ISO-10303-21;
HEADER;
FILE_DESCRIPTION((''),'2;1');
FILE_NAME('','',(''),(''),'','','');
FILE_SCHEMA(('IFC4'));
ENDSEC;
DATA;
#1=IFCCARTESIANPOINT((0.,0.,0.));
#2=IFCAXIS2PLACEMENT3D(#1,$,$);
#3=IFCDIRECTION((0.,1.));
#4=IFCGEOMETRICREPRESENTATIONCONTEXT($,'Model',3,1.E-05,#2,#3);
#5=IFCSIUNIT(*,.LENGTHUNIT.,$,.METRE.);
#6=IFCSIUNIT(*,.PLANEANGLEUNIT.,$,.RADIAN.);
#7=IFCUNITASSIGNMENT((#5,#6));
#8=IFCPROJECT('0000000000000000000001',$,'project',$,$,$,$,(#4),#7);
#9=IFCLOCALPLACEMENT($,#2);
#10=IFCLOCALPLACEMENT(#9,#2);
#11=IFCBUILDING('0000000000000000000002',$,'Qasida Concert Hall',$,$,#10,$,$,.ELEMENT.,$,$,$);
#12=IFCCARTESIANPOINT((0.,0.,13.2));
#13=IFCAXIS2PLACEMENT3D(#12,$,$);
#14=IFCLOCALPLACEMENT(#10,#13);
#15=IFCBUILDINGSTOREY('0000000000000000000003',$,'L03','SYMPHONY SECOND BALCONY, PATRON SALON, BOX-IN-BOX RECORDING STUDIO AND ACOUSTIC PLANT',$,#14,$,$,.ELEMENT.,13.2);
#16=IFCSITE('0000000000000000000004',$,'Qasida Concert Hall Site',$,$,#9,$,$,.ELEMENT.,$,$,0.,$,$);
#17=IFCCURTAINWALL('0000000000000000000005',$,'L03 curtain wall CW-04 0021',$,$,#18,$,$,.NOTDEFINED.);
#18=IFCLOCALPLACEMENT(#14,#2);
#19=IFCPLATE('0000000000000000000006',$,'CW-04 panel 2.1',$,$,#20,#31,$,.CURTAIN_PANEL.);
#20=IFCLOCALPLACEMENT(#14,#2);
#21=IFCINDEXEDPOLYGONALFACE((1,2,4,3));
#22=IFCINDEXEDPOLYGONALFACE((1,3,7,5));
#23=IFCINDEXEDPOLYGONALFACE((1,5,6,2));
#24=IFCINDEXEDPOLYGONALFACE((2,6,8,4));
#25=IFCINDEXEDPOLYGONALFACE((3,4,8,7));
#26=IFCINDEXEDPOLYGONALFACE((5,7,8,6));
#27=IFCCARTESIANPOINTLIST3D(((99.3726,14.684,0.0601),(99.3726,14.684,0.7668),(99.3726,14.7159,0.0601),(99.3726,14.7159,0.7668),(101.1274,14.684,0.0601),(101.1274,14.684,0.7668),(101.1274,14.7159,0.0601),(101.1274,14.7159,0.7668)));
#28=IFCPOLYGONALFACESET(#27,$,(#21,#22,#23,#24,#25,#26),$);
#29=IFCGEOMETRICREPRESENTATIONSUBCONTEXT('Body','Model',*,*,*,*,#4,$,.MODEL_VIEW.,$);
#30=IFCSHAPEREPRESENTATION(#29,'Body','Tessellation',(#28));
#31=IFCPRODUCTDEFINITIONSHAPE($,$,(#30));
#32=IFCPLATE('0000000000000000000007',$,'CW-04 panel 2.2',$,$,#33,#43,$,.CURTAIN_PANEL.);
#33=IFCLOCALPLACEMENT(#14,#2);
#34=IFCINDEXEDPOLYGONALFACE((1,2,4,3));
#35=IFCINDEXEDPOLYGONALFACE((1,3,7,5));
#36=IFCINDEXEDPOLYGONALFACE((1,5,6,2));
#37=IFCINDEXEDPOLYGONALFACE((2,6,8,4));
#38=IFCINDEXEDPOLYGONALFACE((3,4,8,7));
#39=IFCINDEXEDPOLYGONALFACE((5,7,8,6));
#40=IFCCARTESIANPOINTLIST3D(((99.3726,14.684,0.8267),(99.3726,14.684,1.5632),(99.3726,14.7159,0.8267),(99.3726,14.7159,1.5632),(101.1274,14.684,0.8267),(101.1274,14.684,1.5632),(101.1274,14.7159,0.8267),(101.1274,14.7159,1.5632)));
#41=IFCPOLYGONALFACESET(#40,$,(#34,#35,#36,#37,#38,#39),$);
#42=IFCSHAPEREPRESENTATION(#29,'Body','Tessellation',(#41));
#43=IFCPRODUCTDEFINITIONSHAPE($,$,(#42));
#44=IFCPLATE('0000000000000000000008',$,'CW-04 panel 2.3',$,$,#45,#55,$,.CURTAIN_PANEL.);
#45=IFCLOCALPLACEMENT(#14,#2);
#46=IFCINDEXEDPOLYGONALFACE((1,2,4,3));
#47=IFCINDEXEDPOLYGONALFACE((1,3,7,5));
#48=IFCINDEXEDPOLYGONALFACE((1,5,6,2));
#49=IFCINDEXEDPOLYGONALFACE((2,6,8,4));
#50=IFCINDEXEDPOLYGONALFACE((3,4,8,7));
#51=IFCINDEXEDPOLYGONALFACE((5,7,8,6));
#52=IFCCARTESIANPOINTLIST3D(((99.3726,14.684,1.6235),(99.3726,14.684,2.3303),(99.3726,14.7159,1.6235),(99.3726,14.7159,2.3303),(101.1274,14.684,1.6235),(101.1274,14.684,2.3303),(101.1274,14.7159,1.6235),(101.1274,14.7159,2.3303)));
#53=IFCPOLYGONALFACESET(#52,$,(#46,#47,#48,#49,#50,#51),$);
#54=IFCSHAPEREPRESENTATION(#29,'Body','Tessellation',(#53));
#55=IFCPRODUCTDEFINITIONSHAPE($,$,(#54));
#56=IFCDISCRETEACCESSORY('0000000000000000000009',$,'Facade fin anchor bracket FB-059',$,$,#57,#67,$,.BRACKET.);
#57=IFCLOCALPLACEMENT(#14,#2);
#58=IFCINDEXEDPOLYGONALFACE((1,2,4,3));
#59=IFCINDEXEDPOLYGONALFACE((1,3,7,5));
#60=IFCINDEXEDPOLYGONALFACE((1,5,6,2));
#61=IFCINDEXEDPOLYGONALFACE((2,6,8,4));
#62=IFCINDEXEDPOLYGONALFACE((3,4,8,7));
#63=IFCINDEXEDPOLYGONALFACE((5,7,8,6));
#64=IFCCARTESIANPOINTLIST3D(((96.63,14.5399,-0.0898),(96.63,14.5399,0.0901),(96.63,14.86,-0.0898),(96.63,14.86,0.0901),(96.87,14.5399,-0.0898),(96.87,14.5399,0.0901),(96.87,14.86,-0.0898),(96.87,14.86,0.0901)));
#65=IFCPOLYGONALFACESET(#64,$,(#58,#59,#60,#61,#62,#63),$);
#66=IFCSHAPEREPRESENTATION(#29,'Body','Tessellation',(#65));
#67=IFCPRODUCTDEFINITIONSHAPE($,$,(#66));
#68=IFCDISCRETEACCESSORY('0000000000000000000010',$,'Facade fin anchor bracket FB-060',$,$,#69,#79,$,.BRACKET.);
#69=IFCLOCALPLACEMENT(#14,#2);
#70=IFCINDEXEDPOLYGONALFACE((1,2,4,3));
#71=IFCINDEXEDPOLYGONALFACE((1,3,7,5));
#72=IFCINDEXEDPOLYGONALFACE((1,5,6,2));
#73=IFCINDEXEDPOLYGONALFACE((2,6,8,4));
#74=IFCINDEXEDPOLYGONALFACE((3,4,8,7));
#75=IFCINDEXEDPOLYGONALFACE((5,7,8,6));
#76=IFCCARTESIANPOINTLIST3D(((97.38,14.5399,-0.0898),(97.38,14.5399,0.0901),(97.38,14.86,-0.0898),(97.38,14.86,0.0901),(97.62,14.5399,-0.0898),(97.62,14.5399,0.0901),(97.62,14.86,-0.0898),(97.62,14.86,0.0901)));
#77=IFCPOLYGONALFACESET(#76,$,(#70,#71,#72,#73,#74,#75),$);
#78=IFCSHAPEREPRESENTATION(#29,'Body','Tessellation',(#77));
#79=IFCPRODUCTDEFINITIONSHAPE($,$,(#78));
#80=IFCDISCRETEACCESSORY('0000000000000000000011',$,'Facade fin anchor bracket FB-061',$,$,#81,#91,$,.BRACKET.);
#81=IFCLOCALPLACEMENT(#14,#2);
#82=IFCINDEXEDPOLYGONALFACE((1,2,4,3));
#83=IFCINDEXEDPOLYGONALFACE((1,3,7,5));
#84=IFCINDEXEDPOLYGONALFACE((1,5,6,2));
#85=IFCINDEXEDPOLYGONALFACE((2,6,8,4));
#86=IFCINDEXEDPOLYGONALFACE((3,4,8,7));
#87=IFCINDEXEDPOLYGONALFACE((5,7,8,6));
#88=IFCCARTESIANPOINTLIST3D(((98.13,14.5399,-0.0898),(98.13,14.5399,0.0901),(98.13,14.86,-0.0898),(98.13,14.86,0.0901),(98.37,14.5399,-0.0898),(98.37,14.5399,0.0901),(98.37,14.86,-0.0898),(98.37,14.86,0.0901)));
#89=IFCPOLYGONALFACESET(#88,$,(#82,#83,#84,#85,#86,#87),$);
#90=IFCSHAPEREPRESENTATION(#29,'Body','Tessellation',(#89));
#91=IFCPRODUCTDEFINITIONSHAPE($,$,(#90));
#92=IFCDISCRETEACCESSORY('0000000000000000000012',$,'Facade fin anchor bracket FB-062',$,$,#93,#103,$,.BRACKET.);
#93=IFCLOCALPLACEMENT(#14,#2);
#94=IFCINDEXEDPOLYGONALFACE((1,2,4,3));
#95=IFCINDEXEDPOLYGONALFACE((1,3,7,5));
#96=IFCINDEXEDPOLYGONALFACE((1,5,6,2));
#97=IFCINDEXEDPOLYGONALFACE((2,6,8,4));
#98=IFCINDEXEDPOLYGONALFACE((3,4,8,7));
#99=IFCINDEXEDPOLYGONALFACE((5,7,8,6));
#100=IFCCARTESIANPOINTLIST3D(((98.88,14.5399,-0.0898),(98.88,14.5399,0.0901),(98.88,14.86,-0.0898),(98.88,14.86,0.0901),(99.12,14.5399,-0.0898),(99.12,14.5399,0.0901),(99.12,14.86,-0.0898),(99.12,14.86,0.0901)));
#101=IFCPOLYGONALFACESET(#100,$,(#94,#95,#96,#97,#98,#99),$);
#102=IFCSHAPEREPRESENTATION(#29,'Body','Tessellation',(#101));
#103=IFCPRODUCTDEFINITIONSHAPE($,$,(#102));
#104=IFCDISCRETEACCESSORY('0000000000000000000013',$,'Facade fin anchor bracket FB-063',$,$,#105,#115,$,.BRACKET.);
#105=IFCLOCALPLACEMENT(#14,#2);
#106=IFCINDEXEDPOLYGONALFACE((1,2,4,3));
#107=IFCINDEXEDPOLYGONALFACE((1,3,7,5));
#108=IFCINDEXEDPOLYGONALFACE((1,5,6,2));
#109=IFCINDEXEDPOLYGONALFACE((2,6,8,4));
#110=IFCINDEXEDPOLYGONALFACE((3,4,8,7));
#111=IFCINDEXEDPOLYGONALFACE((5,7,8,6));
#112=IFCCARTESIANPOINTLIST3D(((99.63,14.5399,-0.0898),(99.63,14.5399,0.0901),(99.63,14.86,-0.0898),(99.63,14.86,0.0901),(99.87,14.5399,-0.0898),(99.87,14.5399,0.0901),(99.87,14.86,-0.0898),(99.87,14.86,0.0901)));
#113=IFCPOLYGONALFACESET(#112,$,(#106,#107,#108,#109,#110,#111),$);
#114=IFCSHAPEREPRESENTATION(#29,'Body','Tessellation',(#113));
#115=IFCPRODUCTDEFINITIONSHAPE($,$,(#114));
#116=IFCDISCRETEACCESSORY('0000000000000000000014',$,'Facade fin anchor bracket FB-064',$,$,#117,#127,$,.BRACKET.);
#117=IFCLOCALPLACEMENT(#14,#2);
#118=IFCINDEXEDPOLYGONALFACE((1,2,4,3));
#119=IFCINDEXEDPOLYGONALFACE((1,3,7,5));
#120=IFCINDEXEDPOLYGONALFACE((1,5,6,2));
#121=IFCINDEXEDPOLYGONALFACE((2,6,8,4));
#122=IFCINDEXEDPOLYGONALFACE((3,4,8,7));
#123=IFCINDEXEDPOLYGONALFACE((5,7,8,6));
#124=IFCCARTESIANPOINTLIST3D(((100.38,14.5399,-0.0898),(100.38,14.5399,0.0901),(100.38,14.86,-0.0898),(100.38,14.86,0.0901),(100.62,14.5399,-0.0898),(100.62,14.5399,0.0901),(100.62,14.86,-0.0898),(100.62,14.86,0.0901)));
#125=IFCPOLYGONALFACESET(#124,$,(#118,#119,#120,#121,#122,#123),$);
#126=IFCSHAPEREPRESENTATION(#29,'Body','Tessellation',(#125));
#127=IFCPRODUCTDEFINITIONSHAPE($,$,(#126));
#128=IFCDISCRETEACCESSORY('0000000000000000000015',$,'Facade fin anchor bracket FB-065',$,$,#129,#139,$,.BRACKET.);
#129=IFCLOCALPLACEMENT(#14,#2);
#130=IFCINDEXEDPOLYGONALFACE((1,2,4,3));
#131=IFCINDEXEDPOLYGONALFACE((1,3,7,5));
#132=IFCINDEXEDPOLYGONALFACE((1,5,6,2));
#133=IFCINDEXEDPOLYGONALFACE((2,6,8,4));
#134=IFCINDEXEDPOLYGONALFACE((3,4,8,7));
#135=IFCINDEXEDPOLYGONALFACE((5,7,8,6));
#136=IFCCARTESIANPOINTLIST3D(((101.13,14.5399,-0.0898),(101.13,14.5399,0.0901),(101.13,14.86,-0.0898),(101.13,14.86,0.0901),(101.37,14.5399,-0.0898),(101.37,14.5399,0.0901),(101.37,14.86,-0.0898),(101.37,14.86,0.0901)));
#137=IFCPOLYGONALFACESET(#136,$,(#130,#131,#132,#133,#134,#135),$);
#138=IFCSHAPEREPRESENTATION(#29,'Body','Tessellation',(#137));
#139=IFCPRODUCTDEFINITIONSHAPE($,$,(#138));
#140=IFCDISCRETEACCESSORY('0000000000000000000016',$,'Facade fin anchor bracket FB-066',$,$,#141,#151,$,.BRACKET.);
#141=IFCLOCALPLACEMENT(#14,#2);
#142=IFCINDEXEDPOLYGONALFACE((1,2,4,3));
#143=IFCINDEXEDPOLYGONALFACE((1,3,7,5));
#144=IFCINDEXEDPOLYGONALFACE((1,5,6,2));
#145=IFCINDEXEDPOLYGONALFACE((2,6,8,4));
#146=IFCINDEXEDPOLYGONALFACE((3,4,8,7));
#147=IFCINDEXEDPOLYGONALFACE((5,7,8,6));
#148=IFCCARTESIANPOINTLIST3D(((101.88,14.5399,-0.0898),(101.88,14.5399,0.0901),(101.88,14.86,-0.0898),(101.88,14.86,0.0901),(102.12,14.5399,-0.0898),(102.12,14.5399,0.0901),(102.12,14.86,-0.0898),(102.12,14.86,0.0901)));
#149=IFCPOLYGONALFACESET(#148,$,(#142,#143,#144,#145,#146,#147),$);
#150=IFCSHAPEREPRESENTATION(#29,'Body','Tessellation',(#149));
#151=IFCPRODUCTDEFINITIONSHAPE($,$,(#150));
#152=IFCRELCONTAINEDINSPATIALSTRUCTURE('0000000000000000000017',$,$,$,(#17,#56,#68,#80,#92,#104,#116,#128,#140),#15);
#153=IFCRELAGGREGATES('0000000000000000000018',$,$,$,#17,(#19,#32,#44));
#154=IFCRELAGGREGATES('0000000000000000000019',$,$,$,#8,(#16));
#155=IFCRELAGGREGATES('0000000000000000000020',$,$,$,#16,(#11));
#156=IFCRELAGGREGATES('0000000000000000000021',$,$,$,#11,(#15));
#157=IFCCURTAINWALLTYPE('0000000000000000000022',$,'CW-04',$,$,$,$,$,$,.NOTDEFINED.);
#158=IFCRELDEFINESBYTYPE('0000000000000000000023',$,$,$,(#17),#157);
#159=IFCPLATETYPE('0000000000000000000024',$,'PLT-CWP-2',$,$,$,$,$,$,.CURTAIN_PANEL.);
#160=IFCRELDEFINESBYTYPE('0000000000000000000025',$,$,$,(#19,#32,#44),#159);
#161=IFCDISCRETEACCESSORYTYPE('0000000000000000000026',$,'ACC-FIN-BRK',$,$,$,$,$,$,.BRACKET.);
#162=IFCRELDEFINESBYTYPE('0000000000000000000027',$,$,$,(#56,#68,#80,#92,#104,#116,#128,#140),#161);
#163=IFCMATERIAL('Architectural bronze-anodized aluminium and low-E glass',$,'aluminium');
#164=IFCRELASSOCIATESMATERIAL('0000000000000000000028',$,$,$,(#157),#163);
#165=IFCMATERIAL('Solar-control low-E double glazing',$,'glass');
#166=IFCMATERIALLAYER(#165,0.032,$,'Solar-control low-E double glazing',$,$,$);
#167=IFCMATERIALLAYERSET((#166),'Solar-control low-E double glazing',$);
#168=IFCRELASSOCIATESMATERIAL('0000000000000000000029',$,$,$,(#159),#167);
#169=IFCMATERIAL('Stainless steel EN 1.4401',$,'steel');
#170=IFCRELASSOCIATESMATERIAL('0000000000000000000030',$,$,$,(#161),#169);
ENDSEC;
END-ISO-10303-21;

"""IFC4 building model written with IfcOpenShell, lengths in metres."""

from ifc_helpers import new_model, si_unit, direction, frame, origin, origin_2d, place, context, subcontext, project, spatial, rectangle, extrude, material, layer, layer_set, type_object, element, aggregate, save


model = new_model("IFC4")

# Units and contexts
model_context = context("Model", 3, precision=1e-05, world=origin(), true_north=direction((0.0, 1.0)))
body_context = subcontext(model_context, "Body", "Model", "MODEL_VIEW")
ifc_project = project(units=[si_unit("LENGTHUNIT", "METRE"), si_unit("PLANEANGLEUNIT", "RADIAN")], contexts=[model_context])

# Site, building, storey
site_placement = place(None, origin())
site = spatial("IfcSite", under=ifc_project, at=site_placement, Name="Qasida Concert Hall Site", CompositionType="ELEMENT", RefElevation=0.0)
building_placement = place(site_placement, origin())
building = spatial("IfcBuilding", under=site, at=building_placement, Name="Qasida Concert Hall", CompositionType="ELEMENT")
storey_placement = place(building_placement, frame((0.0, 0.0, 13.2)))
storey = spatial("IfcBuildingStorey", under=building, at=storey_placement, Name="L03", Description="SYMPHONY SECOND BALCONY, PATRON SALON, BOX-IN-BOX RECORDING STUDIO AND ACOUSTIC PLANT", CompositionType="ELEMENT", Elevation=13.2)

# Shared definitions
ifc_material_1 = material(Name="Architectural bronze-anodized aluminium and low-E glass", Category="aluminium")
curtain_wall_type = type_object("IfcCurtainWallType", Name="CW-04", PredefinedType="NOTDEFINED", material=ifc_material_1)

# Curtain wall
curtain_wall_1_placement = place(storey_placement, origin())
curtain_wall_1 = element("IfcCurtainWall", 1, at=curtain_wall_1_placement, inside=storey, type_object=curtain_wall_type, Name="L03 curtain wall CW-04 0021", PredefinedType="NOTDEFINED")

# Plates
ifc_material_2 = material(Name="Solar-control low-E double glazing", Category="glass")
ifc_layer = layer(ifc_material_2, 0.032, Name="Solar-control low-E double glazing")
ifc_layer_set = layer_set([ifc_layer], Name="Solar-control low-E double glazing")
plate_type = type_object("IfcPlateType", Name="PLT-CWP-2", PredefinedType="CURTAIN_PANEL", material=ifc_layer_set)
plate_1_placement = place(storey_placement, frame((100.25, 14.7, 0.0601), z_axis=(0.0, 0.0, 1.0), x_axis=(1.0, 0.0, 0.0)))
plate_1 = element("IfcPlate", 2, at=plate_1_placement, type_object=plate_type, Name="CW-04 panel 2.1", PredefinedType="CURTAIN_PANEL", context=body_context, shape_type="SweptSolid", body=[
    extrude(rectangle(XDim=1.7549, YDim=0.032, at=origin_2d()), origin(), (0.0, 0.0, 1.0), 0.7068),
])
plate_2_placement = place(storey_placement, frame((100.25, 14.7, 0.8267), z_axis=(0.0, 0.0, 1.0), x_axis=(1.0, 0.0, 0.0)))
plate_2 = element("IfcPlate", 3, at=plate_2_placement, type_object=plate_type, Name="CW-04 panel 2.2", PredefinedType="CURTAIN_PANEL", context=body_context, shape_type="SweptSolid", body=[
    extrude(rectangle(XDim=1.7549, YDim=0.032, at=origin_2d()), origin(), (0.0, 0.0, 1.0), 0.7366),
])
plate_3_placement = place(storey_placement, frame((100.25, 14.7, 1.6235), z_axis=(0.0, 0.0, 1.0), x_axis=(1.0, 0.0, 0.0)))
plate_3 = element("IfcPlate", 4, at=plate_3_placement, type_object=plate_type, Name="CW-04 panel 2.3", PredefinedType="CURTAIN_PANEL", context=body_context, shape_type="SweptSolid", body=[
    extrude(rectangle(XDim=1.7549, YDim=0.032, at=origin_2d()), origin(), (0.0, 0.0, 1.0), 0.7068),
])
aggregate(curtain_wall_1, [plate_1, plate_2, plate_3])

# Discrete accessories
ifc_material_3 = material(Name="Stainless steel EN 1.4401", Category="steel")
discrete_accessory_type = type_object("IfcDiscreteAccessoryType", Name="ACC-FIN-BRK", PredefinedType="BRACKET", material=ifc_material_3)
for number, where, z_axis, x_axis, name in (
    (5, (96.75, 14.7, -0.0898), (0.0, 0.0, 1.0), (1.0, 0.0, 0.0), "Facade fin anchor bracket FB-059"),
    (6, (97.5, 14.7, -0.0898), (0.0, 0.0, 1.0), (1.0, 0.0, 0.0), "Facade fin anchor bracket FB-060"),
    (7, (98.25, 14.7, -0.0898), (0.0, 0.0, 1.0), (1.0, 0.0, 0.0), "Facade fin anchor bracket FB-061"),
    (8, (99.0, 14.7, -0.0898), (0.0, 0.0, 1.0), (1.0, 0.0, 0.0), "Facade fin anchor bracket FB-062"),
    (9, (99.75, 14.7, -0.0898), (0.0, 0.0, 1.0), (1.0, 0.0, 0.0), "Facade fin anchor bracket FB-063"),
    (10, (100.5, 14.7, -0.0898), (0.0, 0.0, 1.0), (1.0, 0.0, 0.0), "Facade fin anchor bracket FB-064"),
    (11, (101.25, 14.7, -0.0898), (0.0, 0.0, 1.0), (1.0, 0.0, 0.0), "Facade fin anchor bracket FB-065"),
    (12, (102.0, 14.7, -0.0898), (0.0, 0.0, 1.0), (1.0, 0.0, 0.0), "Facade fin anchor bracket FB-066"),
):
    element("IfcDiscreteAccessory", number, at=place(storey_placement, frame(where, z_axis=z_axis, x_axis=x_axis)), inside=storey, type_object=discrete_accessory_type, Name=name, PredefinedType="BRACKET", context=body_context, shape_type="SweptSolid", body=[
        extrude(rectangle(XDim=0.24, YDim=0.3201, at=origin_2d()), origin(), (0.0, 0.0, 1.0), 0.1799),
    ])

save(model, "model.ifc")
